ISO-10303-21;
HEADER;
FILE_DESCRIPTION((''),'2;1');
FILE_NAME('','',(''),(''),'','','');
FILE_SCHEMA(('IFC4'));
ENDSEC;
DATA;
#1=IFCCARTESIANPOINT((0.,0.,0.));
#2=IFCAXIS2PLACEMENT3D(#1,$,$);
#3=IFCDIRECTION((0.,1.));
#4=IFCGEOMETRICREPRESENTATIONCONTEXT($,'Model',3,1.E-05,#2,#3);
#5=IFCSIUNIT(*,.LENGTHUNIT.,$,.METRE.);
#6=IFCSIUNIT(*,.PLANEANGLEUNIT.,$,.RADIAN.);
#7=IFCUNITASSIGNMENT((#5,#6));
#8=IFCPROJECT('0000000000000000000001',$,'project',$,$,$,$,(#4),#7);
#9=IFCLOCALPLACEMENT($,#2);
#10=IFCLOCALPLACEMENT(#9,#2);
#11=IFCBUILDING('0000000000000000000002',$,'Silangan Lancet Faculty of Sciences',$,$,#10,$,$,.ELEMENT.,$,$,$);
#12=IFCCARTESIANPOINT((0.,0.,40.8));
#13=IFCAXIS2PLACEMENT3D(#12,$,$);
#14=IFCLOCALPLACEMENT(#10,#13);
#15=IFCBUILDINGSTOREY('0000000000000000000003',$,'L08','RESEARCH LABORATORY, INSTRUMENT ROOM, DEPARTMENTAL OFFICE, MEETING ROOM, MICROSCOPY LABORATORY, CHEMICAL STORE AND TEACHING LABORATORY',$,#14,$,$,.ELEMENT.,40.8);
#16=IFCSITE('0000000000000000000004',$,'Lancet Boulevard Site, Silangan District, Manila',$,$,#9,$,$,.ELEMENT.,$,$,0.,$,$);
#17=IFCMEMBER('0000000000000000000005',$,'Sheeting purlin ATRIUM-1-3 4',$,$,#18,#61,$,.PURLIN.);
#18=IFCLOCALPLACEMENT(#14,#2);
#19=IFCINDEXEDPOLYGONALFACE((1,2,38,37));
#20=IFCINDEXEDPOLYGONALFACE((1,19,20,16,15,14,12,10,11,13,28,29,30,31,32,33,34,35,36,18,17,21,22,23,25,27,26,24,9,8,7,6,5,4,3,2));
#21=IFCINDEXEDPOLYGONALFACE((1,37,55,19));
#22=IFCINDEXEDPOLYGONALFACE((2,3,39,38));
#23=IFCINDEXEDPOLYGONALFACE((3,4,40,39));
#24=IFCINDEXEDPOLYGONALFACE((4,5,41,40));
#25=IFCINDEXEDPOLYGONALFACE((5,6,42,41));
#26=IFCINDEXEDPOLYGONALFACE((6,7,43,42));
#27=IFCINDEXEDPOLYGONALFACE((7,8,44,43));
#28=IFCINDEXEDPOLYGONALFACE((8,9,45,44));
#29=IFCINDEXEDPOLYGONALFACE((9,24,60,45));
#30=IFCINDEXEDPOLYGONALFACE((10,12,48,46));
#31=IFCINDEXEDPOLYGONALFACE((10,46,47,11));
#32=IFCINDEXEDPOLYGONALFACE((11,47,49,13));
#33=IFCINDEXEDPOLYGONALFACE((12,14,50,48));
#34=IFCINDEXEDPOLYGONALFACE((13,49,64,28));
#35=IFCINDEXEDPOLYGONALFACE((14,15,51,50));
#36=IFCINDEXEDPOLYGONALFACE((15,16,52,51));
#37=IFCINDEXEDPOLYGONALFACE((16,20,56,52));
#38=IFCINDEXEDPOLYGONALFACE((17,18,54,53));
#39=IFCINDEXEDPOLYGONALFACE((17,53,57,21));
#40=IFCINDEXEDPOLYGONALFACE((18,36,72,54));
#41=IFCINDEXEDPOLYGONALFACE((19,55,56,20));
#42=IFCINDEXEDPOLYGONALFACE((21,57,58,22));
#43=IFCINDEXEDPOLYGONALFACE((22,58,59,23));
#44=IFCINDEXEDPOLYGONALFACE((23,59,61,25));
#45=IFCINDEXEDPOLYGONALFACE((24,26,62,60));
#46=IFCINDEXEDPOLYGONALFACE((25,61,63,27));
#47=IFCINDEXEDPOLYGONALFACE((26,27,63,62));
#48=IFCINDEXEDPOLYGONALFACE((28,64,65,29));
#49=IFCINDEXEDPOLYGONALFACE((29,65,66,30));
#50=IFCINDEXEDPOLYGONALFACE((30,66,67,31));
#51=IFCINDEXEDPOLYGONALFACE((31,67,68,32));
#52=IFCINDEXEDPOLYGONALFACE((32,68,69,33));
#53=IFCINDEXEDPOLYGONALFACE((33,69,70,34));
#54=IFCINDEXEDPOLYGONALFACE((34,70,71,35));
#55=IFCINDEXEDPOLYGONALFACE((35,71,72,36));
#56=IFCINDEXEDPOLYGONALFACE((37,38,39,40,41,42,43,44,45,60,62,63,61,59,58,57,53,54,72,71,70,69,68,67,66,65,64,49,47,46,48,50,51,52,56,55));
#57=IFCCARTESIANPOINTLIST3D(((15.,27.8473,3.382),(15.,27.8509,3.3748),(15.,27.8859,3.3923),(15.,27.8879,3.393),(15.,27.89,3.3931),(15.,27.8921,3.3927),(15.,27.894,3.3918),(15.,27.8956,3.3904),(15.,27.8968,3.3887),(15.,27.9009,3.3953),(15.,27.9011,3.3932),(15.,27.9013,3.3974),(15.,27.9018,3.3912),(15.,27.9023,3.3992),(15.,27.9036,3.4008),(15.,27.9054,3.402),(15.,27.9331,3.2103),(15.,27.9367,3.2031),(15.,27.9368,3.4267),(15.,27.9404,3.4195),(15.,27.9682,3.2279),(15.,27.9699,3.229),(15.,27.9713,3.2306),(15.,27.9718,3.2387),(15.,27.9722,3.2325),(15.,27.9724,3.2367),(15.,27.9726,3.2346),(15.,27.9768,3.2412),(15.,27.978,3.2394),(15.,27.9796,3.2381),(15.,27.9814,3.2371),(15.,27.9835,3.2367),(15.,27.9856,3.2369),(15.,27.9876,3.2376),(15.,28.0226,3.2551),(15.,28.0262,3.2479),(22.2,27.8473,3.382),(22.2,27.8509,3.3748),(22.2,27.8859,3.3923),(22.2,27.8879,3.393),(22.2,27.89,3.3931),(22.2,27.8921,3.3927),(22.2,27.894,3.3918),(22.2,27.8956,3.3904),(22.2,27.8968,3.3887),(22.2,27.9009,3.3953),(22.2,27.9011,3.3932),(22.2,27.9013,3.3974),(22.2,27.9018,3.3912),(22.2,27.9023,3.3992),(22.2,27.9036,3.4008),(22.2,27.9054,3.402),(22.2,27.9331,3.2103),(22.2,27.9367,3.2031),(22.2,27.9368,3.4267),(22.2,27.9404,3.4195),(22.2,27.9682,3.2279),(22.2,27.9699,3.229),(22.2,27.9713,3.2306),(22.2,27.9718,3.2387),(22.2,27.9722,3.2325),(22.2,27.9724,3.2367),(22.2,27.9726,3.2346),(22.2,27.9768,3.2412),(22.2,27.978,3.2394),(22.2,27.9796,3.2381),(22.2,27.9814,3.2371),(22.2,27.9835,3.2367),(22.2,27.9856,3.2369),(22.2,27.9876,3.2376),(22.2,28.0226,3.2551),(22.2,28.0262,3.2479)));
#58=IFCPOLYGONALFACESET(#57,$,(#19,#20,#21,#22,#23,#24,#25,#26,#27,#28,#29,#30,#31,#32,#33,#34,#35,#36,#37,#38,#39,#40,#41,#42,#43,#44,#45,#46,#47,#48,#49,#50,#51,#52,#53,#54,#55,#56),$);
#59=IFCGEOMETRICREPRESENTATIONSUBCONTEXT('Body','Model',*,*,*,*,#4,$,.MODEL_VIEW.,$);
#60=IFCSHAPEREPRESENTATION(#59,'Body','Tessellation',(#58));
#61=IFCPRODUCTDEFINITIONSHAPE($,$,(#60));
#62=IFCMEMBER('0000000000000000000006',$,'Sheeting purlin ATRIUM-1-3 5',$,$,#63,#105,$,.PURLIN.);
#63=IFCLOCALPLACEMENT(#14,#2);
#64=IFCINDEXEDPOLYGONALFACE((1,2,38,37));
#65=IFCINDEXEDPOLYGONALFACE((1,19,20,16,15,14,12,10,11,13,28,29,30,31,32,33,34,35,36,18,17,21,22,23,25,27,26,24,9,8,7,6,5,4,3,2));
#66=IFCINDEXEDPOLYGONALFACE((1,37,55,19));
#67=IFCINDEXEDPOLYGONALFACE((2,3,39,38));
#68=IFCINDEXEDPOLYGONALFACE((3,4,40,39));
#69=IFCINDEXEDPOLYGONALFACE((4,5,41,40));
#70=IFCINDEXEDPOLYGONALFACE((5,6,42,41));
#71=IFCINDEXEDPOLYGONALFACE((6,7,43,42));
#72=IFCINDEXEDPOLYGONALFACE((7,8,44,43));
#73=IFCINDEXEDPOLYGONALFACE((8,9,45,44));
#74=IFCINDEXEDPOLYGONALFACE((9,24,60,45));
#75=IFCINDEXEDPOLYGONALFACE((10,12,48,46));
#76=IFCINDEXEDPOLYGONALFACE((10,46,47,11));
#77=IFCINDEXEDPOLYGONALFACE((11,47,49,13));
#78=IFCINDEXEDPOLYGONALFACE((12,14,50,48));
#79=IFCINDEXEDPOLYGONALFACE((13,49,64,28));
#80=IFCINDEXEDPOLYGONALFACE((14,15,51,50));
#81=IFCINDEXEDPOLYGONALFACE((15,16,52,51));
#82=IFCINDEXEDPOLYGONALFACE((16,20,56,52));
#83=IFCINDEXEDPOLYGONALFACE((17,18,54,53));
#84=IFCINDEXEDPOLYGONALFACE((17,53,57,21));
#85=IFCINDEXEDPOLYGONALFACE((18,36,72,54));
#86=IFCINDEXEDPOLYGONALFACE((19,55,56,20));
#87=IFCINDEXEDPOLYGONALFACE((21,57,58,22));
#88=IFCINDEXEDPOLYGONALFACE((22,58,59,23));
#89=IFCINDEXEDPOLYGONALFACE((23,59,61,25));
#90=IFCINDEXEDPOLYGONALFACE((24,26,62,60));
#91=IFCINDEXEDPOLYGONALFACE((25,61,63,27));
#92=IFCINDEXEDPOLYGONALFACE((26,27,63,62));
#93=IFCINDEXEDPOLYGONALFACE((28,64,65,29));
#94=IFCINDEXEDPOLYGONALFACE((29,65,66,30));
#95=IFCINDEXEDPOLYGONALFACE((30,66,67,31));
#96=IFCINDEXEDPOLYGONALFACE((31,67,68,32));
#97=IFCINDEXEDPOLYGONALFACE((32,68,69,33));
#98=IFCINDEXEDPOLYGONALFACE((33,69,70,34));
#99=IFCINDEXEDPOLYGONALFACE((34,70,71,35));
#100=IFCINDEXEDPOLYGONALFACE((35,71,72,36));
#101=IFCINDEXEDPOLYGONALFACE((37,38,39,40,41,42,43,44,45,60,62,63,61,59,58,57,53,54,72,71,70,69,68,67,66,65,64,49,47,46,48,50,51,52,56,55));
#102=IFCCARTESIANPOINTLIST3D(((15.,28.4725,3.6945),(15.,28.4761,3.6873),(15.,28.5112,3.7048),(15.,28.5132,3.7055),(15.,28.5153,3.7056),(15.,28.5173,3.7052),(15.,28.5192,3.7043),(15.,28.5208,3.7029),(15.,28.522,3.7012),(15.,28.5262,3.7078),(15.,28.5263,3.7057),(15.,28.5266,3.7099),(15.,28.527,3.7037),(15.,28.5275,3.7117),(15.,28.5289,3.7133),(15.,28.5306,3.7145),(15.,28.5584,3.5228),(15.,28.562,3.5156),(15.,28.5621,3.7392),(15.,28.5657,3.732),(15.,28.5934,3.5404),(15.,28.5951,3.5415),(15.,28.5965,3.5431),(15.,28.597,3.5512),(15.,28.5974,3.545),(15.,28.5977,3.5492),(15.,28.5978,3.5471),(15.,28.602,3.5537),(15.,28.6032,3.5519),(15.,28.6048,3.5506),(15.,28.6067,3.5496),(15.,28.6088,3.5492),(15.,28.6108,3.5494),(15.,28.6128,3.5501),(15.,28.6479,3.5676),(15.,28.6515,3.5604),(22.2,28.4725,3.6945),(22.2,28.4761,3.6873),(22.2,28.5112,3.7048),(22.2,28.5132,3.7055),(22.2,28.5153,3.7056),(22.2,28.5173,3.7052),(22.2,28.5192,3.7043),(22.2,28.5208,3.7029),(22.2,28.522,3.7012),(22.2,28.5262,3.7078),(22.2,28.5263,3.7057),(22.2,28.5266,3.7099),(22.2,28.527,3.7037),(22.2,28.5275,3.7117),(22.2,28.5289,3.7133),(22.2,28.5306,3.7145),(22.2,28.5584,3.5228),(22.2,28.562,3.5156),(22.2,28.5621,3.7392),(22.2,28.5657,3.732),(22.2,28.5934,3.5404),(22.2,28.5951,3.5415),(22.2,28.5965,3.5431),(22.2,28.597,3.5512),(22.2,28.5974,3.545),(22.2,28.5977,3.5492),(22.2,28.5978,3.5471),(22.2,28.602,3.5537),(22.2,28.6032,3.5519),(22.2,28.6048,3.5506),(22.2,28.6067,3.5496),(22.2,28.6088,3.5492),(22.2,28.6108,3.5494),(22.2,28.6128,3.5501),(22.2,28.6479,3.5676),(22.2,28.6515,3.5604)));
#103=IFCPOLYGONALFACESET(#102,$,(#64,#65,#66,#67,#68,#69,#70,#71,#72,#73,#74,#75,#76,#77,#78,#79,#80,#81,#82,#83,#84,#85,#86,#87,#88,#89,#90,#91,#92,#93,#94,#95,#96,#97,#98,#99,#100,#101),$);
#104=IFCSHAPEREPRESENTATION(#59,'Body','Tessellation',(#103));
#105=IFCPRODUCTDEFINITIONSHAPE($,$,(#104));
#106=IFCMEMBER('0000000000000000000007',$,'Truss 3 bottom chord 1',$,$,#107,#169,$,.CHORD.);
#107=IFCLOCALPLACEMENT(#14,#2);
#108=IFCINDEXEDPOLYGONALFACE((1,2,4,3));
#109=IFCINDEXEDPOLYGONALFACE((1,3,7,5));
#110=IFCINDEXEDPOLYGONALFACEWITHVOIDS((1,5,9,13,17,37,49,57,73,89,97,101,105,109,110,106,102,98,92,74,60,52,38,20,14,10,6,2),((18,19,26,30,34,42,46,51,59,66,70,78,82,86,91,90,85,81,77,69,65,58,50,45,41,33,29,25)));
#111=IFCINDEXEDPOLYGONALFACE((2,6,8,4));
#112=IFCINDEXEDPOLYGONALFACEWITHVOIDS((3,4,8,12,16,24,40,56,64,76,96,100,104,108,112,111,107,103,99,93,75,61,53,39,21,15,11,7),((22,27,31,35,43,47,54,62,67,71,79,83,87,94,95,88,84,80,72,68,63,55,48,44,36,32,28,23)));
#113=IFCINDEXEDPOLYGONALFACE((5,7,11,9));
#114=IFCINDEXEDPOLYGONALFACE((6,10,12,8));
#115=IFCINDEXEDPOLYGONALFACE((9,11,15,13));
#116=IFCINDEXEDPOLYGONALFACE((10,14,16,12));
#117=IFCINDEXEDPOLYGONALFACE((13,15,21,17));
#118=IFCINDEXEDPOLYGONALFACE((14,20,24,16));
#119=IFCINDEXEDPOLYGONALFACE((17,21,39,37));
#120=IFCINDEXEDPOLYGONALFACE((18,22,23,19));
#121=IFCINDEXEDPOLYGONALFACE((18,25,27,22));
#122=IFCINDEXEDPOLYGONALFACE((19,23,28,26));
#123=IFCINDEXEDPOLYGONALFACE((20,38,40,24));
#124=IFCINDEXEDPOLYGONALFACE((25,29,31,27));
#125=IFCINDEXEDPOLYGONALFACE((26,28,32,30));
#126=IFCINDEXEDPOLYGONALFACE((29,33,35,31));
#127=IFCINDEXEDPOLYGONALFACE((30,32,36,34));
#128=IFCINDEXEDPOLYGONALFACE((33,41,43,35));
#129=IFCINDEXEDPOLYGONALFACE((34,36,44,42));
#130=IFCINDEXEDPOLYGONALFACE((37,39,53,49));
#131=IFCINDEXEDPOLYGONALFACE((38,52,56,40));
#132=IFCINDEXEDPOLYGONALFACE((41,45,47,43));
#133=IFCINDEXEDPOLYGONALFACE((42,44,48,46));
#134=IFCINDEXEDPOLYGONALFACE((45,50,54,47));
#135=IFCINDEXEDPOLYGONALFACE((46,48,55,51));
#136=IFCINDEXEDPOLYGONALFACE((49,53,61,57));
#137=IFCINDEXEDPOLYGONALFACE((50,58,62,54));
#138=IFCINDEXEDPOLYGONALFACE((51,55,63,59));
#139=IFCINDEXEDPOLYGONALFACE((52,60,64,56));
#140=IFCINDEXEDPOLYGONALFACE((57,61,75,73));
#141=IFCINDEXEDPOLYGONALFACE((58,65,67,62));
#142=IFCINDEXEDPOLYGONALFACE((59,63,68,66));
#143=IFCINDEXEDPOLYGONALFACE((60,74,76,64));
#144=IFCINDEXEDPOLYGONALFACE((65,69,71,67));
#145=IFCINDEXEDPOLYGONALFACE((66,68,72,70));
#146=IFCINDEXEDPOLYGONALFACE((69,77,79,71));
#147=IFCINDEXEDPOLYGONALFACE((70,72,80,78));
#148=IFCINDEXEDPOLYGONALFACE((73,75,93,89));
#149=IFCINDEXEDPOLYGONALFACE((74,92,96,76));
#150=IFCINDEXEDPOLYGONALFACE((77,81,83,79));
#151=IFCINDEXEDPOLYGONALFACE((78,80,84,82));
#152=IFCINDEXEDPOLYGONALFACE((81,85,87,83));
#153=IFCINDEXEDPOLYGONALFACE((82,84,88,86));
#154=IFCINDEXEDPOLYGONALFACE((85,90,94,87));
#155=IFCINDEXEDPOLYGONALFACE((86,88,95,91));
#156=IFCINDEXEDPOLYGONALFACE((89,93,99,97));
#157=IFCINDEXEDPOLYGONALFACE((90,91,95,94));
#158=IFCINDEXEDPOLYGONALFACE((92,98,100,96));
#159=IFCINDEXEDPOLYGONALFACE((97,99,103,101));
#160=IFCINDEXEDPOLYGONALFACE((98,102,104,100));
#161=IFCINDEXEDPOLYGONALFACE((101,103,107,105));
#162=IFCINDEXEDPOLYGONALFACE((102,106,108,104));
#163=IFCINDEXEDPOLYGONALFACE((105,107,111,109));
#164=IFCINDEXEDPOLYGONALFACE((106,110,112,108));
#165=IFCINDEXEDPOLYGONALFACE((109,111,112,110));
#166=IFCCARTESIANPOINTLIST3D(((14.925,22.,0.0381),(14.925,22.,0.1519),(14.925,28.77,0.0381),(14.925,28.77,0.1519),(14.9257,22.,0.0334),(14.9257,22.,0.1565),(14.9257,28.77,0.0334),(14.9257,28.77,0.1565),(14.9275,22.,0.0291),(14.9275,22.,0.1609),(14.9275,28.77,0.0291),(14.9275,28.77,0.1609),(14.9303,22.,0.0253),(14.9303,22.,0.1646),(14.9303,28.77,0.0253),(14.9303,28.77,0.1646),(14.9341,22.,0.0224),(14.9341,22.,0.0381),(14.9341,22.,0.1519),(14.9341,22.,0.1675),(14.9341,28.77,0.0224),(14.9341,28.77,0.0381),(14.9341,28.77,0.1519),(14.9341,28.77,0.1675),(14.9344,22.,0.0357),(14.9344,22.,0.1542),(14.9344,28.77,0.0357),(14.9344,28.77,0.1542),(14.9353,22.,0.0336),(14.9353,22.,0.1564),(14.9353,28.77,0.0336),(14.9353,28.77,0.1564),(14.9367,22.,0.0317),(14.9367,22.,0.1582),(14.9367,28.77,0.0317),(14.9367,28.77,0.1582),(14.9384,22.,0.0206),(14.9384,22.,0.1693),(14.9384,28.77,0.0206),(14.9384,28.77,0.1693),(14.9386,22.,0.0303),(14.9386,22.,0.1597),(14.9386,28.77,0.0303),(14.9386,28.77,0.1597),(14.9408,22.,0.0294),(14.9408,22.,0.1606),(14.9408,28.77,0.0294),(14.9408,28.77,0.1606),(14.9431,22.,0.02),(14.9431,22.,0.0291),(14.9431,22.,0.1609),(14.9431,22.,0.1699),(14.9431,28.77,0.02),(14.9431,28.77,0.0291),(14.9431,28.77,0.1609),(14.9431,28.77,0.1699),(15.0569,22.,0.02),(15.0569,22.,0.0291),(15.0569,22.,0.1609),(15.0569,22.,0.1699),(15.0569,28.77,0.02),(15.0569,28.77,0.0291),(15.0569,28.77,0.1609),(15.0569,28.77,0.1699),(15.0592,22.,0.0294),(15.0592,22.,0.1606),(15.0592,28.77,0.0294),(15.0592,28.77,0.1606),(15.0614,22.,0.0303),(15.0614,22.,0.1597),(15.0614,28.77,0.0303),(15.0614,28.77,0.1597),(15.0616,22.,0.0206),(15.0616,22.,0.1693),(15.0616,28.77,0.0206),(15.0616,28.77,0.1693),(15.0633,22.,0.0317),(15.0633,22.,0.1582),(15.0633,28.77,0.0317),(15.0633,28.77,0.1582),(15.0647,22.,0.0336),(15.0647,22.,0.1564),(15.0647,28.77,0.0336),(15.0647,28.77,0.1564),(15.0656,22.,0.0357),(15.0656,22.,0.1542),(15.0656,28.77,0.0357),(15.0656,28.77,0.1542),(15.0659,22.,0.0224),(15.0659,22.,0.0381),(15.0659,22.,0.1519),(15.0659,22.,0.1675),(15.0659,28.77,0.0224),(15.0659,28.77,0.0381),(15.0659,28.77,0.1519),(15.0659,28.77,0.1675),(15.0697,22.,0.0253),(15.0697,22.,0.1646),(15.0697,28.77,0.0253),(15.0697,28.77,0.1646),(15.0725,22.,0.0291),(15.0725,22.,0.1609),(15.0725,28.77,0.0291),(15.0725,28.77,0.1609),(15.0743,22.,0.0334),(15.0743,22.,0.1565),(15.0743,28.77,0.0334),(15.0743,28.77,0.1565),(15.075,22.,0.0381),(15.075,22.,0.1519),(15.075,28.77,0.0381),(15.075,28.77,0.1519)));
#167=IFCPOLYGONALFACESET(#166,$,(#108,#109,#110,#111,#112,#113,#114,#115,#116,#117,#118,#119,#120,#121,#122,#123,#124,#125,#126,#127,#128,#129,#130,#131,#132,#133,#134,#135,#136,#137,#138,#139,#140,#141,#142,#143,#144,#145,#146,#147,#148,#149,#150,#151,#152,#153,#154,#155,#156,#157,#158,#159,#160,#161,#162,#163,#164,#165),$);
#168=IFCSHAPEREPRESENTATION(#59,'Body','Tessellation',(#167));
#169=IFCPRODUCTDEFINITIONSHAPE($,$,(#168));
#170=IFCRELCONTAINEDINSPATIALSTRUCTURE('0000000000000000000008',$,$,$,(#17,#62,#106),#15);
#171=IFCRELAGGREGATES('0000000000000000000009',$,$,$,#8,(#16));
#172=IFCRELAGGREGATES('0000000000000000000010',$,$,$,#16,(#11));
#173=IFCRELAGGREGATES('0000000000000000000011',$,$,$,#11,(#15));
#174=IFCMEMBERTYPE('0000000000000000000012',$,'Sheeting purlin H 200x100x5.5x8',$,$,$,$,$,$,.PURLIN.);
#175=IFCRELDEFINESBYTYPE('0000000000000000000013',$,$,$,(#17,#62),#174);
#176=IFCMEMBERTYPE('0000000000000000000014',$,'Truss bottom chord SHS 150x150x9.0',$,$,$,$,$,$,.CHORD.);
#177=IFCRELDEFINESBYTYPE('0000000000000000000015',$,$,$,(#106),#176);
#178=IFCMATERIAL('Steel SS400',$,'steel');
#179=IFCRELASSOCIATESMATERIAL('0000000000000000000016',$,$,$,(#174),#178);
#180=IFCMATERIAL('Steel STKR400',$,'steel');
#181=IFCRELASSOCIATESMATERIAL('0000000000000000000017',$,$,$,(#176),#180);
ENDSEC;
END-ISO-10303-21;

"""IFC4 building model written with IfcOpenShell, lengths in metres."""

from ifc_helpers import new_model, si_unit, direction, frame, origin, origin_2d, place, context, subcontext, project, spatial, hollow_rectangle, i_section, extrude, material, material_profile, profile_set, type_object, element, save


model = new_model("IFC4")

# Units and contexts
model_context = context("Model", 3, precision=1e-05, world=origin(), true_north=direction((0.0, 1.0)))
body_context = subcontext(model_context, "Body", "Model", "MODEL_VIEW")
ifc_project = project(units=[si_unit("LENGTHUNIT", "METRE"), si_unit("PLANEANGLEUNIT", "RADIAN")], contexts=[model_context])

# Site, building, storey
site_placement = place(None, origin())
site = spatial("IfcSite", under=ifc_project, at=site_placement, Name="Lancet Boulevard Site, Silangan District, Manila", CompositionType="ELEMENT", RefElevation=0.0)
building_placement = place(site_placement, origin())
building = spatial("IfcBuilding", under=site, at=building_placement, Name="Silangan Lancet Faculty of Sciences", CompositionType="ELEMENT")
storey_placement = place(building_placement, frame((0.0, 0.0, 40.8)))
storey = spatial("IfcBuildingStorey", under=building, at=storey_placement, Name="L08", Description="RESEARCH LABORATORY, INSTRUMENT ROOM, DEPARTMENTAL OFFICE, MEETING ROOM, MICROSCOPY LABORATORY, CHEMICAL STORE AND TEACHING LABORATORY", CompositionType="ELEMENT", Elevation=40.8)

# Members
ifc_material_1 = material(Name="Steel SS400", Category="steel")
ifc_material_profile_1 = material_profile(ifc_material_1, i_section(OverallWidth=0.1001, OverallDepth=0.2, WebThickness=0.0056, FlangeThickness=0.0081, FilletRadius=0.0081, at=origin_2d()), Name="H 200x100x5.5x8")
ifc_profile_set_1 = profile_set([ifc_material_profile_1], Name="Steel SS400")
member_type_1 = type_object("IfcMemberType", Name="Sheeting purlin H 200x100x5.5x8", PredefinedType="PURLIN", material=ifc_profile_set_1)
for number, where, z_axis, x_axis, name in (
    (1, (15.0, 27.9368, 3.3149), (1.0, 0.0, 0.0), (0.0, 0.894427, 0.447214), "Sheeting purlin ATRIUM-1-3 4"),
    (2, (15.0, 28.562, 3.6274), (1.0, 0.0, 0.0), (0.0, 0.894427, 0.447214), "Sheeting purlin ATRIUM-1-3 5"),
):
    element("IfcMember", number, at=place(storey_placement, frame(where, z_axis=z_axis, x_axis=x_axis)), inside=storey, type_object=member_type_1, Name=name, PredefinedType="PURLIN", context=body_context, shape_type="SweptSolid", body=[
        extrude(i_section(OverallWidth=0.1001, OverallDepth=0.2, WebThickness=0.0056, FlangeThickness=0.0081, FilletRadius=0.0081, at=origin_2d()), origin(), (0.0, 0.0, 1.0), 7.2),
    ])
ifc_material_2 = material(Name="Steel STKR400", Category="steel")
ifc_material_profile_2 = material_profile(ifc_material_2, hollow_rectangle(XDim=0.1499, YDim=0.1499, WallThickness=0.009, InnerFilletRadius=0.009, OuterFilletRadius=0.0181, at=origin_2d()), Name="SHS 150x150x9.0")
ifc_profile_set_2 = profile_set([ifc_material_profile_2], Name="Steel STKR400")
member_type_2 = type_object("IfcMemberType", Name="Truss bottom chord SHS 150x150x9.0", PredefinedType="CHORD", material=ifc_profile_set_2)
for number, where, z_axis, x_axis, name in (
    (3, (15.0, 22.0, 0.095), (0.0, 1.0, 0.0), (-1.0, 0.0, 0.0), "Truss 3 bottom chord 1"),
):
    element("IfcMember", number, at=place(storey_placement, frame(where, z_axis=z_axis, x_axis=x_axis)), inside=storey, type_object=member_type_2, Name=name, PredefinedType="CHORD", context=body_context, shape_type="SweptSolid", body=[
        extrude(hollow_rectangle(XDim=0.1499, YDim=0.1499, WallThickness=0.009, InnerFilletRadius=0.009, OuterFilletRadius=0.0181, at=origin_2d()), origin(), (0.0, 0.0, 1.0), 6.77),
    ])

save(model, "model.ifc")
